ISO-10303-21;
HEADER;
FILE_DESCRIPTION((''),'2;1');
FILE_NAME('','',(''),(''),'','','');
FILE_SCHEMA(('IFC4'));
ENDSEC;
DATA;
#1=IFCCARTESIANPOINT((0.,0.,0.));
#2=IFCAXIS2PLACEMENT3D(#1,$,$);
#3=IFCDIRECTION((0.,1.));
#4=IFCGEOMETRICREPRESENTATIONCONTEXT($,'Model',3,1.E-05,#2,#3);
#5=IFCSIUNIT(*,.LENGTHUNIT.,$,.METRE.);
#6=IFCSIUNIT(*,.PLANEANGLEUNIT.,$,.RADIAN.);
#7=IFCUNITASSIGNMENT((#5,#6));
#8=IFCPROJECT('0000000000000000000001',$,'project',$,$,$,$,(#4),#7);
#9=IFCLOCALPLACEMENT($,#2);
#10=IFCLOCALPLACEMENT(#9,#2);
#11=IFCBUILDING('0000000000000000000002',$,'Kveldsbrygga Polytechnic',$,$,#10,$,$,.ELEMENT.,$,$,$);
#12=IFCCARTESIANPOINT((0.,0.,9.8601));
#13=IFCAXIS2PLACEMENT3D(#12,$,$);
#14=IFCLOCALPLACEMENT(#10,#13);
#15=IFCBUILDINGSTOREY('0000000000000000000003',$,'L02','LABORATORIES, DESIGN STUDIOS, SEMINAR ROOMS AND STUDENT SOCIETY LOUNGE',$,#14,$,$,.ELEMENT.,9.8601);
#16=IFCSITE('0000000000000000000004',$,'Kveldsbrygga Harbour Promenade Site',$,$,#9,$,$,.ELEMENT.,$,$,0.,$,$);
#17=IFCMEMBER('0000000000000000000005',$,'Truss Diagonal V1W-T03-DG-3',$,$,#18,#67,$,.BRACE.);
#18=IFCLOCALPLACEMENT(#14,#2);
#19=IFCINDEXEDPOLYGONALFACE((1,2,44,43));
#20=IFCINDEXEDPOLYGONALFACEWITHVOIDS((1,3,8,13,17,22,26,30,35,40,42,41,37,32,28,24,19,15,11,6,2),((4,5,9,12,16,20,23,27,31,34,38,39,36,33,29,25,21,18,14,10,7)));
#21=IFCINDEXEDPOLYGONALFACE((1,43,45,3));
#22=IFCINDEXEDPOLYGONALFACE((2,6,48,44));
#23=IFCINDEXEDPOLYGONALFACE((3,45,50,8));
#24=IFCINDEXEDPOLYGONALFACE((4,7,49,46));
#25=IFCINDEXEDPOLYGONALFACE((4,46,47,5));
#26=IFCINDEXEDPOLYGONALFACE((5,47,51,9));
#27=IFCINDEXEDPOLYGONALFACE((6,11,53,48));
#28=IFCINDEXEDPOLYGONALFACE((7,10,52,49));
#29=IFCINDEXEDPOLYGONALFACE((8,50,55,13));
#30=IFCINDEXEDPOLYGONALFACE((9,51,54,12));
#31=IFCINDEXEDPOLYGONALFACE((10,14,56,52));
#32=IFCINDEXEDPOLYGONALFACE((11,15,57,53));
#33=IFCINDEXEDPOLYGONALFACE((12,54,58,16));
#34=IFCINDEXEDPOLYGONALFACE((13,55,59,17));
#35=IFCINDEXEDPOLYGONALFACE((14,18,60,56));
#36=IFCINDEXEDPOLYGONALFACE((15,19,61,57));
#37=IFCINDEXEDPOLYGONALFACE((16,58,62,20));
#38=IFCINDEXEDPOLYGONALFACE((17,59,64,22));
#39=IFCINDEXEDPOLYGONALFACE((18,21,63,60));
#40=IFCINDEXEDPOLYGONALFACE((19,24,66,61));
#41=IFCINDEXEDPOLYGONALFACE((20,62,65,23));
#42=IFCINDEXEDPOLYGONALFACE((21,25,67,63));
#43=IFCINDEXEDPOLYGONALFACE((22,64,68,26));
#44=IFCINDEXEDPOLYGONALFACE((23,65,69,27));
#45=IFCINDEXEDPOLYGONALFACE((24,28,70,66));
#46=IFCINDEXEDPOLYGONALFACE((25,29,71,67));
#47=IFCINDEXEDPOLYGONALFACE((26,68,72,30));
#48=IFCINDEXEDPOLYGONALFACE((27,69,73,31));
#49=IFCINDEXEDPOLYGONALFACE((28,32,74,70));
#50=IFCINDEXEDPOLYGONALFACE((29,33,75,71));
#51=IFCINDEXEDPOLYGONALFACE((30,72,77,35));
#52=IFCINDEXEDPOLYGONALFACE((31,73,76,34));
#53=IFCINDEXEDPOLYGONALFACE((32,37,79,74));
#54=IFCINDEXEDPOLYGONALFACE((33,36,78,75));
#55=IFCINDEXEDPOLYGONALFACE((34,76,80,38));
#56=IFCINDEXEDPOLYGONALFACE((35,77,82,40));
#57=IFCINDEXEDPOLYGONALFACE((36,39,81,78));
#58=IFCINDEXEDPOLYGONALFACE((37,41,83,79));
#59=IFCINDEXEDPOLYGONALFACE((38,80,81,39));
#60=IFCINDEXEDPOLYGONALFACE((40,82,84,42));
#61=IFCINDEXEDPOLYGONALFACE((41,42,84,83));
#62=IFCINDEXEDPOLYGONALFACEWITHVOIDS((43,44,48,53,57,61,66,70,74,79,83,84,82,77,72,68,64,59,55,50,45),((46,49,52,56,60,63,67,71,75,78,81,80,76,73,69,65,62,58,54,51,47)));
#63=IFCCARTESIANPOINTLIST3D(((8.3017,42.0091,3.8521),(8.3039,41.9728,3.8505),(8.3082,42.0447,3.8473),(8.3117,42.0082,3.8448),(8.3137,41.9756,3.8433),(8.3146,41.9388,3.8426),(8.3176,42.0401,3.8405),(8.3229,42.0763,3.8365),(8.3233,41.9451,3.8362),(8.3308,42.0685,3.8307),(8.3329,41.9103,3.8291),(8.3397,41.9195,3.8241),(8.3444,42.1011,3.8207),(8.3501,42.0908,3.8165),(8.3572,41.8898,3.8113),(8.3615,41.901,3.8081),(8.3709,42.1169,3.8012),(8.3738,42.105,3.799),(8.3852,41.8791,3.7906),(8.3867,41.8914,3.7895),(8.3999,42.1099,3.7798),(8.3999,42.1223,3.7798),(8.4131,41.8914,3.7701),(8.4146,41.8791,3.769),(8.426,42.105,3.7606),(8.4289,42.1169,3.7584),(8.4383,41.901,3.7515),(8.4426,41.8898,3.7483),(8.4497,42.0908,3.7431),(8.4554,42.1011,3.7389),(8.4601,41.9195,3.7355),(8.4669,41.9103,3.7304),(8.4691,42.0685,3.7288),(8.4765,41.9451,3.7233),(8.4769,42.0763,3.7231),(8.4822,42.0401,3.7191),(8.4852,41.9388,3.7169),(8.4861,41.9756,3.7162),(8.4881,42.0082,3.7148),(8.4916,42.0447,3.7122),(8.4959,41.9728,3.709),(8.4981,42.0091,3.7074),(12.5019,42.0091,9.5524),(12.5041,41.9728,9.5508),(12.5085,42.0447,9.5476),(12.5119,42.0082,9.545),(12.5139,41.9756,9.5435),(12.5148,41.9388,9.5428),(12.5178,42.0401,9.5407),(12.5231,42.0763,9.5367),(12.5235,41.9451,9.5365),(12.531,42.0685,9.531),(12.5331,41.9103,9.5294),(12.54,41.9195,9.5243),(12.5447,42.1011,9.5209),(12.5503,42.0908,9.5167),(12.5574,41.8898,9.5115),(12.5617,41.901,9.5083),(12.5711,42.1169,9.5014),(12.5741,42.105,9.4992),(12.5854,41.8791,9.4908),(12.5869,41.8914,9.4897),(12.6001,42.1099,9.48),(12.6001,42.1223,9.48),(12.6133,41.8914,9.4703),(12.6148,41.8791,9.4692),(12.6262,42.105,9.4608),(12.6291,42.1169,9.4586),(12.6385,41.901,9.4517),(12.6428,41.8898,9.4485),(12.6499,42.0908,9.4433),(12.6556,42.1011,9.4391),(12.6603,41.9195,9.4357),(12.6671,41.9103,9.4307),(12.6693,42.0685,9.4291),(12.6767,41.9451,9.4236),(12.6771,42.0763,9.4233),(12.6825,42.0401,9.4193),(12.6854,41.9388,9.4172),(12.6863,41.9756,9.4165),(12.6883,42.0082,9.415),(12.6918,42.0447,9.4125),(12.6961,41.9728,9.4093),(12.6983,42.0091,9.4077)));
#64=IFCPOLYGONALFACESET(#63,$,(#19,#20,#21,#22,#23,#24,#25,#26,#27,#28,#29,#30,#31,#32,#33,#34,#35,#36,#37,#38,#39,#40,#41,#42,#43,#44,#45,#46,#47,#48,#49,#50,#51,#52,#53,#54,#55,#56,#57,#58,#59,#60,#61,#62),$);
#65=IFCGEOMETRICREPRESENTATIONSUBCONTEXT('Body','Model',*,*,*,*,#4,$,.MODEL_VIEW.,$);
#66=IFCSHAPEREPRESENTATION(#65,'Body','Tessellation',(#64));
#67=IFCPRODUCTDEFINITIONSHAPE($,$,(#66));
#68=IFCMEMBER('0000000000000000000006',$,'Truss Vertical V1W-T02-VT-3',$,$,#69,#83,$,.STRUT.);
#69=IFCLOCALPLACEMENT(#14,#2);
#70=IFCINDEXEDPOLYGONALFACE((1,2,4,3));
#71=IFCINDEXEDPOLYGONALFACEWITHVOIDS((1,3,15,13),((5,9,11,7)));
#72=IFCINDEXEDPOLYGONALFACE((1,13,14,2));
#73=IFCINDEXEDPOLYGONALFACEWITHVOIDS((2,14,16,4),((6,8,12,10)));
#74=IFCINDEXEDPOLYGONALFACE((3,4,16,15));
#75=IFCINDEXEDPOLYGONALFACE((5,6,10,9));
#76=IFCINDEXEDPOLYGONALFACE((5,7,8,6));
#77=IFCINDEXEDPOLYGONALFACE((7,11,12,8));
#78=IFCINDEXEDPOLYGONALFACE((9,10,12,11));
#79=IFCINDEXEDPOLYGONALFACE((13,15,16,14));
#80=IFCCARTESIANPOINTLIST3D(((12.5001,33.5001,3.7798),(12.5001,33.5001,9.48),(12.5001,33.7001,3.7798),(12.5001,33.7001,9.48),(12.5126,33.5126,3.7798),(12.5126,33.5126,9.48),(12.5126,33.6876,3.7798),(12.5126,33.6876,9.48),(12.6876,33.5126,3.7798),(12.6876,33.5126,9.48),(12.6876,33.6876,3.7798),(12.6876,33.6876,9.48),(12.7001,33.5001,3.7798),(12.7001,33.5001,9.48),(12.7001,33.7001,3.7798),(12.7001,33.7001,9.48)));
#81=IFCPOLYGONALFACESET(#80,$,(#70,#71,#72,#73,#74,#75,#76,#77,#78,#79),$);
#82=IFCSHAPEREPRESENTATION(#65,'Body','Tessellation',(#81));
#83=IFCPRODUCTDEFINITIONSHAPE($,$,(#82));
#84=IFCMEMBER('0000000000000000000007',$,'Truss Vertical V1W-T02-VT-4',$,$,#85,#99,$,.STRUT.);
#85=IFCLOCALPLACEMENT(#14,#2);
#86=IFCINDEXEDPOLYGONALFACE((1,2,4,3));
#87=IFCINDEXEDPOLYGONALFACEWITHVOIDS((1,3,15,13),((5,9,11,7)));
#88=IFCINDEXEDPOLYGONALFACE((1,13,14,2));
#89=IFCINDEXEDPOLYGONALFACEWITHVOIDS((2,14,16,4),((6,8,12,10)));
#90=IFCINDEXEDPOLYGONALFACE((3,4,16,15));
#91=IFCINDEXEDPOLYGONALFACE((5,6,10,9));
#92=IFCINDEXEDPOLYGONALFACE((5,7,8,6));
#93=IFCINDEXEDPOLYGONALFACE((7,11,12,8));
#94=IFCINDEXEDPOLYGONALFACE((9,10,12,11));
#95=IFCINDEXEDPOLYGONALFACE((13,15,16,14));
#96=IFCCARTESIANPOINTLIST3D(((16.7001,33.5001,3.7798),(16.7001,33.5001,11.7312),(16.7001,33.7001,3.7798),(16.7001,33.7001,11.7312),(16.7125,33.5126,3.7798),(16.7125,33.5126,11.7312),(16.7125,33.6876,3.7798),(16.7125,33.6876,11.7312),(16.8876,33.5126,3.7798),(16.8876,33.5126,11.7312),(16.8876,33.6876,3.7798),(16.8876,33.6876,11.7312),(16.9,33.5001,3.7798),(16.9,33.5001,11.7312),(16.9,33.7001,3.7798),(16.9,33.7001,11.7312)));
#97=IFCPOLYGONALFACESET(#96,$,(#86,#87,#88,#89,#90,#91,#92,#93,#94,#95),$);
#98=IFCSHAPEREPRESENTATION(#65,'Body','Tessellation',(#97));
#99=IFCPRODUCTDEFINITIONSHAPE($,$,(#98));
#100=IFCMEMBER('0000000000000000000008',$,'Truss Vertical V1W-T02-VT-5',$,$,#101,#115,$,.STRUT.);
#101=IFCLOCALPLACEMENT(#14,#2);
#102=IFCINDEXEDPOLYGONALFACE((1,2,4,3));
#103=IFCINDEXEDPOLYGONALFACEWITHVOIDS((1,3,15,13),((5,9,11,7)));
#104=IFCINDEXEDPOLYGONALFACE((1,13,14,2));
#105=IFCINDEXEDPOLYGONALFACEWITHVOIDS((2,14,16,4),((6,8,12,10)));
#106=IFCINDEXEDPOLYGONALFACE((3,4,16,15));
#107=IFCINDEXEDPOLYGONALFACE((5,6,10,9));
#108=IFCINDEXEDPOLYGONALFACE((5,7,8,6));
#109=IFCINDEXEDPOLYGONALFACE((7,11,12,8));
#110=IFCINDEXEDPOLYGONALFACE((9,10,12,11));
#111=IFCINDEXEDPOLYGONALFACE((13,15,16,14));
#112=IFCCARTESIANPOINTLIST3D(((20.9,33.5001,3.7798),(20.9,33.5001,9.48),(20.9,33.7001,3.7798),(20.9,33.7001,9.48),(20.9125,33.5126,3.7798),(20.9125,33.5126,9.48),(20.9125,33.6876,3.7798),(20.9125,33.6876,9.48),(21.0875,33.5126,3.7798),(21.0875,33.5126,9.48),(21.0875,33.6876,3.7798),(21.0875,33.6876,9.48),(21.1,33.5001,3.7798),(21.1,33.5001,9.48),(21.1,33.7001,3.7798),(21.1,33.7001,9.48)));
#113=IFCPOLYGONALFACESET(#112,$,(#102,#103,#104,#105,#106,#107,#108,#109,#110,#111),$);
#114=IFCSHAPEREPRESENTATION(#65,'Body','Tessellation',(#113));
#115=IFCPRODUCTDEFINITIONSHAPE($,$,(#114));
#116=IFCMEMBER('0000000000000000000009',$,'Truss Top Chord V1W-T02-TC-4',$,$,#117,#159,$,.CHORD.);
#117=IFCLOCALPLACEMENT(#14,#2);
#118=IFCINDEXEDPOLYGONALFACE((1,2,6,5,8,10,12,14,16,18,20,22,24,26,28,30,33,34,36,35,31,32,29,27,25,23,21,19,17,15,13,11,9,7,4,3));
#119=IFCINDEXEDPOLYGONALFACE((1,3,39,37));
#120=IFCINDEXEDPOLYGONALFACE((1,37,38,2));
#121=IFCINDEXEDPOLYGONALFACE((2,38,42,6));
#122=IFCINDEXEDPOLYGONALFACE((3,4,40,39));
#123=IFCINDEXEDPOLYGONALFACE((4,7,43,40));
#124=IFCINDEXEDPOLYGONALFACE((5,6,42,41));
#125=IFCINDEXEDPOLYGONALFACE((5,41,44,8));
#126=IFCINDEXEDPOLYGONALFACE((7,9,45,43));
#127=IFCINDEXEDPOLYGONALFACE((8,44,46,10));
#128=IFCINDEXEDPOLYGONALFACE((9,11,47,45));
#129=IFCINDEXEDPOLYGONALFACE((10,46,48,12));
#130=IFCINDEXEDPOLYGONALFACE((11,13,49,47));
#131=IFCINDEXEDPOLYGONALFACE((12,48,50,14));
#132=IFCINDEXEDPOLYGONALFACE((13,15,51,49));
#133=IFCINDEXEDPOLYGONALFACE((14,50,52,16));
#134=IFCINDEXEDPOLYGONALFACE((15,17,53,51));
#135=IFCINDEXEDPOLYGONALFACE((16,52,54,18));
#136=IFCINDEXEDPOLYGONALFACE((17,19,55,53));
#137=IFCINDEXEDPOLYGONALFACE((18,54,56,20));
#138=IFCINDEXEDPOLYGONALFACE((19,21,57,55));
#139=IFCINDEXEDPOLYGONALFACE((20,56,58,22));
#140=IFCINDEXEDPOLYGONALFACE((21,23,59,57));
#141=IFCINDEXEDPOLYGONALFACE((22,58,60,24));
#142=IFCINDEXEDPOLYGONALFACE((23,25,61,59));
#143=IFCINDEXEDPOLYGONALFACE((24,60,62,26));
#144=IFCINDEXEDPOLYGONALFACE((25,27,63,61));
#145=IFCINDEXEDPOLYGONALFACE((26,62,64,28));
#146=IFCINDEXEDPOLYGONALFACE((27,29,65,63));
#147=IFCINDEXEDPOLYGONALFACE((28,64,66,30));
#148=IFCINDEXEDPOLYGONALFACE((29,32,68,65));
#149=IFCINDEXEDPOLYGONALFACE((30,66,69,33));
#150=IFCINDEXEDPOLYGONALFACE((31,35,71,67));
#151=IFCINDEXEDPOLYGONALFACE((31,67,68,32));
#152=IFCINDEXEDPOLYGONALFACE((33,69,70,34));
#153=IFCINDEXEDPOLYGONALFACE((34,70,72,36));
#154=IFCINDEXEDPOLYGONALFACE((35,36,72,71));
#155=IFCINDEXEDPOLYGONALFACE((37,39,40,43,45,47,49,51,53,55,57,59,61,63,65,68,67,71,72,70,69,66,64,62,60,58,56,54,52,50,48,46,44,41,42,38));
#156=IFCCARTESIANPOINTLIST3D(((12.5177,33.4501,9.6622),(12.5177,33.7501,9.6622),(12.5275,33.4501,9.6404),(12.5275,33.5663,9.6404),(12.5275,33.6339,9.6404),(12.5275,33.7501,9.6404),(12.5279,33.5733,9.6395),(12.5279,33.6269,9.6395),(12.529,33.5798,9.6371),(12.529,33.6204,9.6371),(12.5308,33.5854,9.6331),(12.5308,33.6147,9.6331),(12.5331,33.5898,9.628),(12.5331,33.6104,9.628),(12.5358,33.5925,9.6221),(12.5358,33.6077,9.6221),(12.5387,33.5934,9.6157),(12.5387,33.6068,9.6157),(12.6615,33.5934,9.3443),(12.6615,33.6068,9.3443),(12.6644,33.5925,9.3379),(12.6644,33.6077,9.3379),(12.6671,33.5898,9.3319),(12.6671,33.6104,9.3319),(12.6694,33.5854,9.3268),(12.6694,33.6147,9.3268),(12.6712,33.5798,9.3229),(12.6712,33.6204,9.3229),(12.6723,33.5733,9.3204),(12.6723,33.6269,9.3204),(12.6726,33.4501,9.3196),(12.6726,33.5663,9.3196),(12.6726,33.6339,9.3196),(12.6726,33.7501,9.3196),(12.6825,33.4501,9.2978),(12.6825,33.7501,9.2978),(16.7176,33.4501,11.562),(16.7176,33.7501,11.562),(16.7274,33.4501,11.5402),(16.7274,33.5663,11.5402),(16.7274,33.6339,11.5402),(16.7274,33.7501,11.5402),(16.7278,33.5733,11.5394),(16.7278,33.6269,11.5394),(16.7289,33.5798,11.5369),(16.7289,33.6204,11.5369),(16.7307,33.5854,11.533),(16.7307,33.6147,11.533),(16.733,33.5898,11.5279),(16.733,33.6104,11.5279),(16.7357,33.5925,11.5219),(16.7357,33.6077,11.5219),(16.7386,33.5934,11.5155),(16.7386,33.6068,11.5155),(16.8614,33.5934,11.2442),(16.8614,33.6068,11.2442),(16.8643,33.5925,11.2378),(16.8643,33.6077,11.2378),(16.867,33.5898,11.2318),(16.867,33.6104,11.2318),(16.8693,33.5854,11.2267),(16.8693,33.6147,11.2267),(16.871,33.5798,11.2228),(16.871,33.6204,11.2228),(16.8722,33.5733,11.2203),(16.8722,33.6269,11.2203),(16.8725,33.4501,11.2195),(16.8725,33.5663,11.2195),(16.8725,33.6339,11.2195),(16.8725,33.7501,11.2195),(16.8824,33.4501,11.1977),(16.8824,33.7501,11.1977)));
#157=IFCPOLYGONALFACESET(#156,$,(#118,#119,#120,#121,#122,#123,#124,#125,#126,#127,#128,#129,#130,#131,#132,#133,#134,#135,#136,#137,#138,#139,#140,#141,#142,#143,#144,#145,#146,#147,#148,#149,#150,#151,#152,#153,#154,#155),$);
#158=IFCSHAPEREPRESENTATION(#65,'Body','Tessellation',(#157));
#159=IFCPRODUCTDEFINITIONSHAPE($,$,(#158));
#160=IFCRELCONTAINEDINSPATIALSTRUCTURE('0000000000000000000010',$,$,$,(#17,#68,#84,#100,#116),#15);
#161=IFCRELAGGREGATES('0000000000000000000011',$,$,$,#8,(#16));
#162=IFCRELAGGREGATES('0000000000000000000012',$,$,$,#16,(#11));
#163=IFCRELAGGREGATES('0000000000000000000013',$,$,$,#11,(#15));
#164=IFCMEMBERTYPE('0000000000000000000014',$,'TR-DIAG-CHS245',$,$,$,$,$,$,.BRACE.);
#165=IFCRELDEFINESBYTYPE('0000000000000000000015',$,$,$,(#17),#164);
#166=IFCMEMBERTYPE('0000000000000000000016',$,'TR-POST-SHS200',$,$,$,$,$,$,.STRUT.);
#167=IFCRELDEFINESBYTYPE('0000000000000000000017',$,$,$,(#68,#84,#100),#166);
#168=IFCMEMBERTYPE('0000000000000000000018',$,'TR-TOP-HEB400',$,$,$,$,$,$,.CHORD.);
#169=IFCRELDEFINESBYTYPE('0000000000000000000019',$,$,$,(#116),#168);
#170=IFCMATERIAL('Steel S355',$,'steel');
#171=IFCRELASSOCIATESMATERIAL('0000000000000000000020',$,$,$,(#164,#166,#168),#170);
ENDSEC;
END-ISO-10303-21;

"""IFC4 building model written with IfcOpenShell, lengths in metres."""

from ifc_helpers import new_model, si_unit, direction, frame, origin, origin_2d, place, context, subcontext, project, spatial, hollow_rectangle, hollow_circle, i_section, extrude, material, material_profile, profile_set, type_object, element, save


model = new_model("IFC4")

# Units and contexts
model_context = context("Model", 3, precision=1e-05, world=origin(), true_north=direction((0.0, 1.0)))
body_context = subcontext(model_context, "Body", "Model", "MODEL_VIEW")
ifc_project = project(units=[si_unit("LENGTHUNIT", "METRE"), si_unit("PLANEANGLEUNIT", "RADIAN")], contexts=[model_context])

# Site, building, storey
site_placement = place(None, origin())
site = spatial("IfcSite", under=ifc_project, at=site_placement, Name="Kveldsbrygga Harbour Promenade Site", CompositionType="ELEMENT", RefElevation=0.0)
building_placement = place(site_placement, origin())
building = spatial("IfcBuilding", under=site, at=building_placement, Name="Kveldsbrygga Polytechnic", CompositionType="ELEMENT")
storey_placement = place(building_placement, frame((0.0, 0.0, 9.8601)))
storey = spatial("IfcBuildingStorey", under=building, at=storey_placement, Name="L02", Description="LABORATORIES, DESIGN STUDIOS, SEMINAR ROOMS AND STUDENT SOCIETY LOUNGE", CompositionType="ELEMENT", Elevation=9.8601)

# Members
ifc_material_1 = material(Name="Steel S355", Category="steel")
ifc_material_profile_1 = material_profile(ifc_material_1, hollow_circle(Radius=0.1223, WallThickness=0.0125, at=origin_2d()), Name="CHS 244.5x12.5")
ifc_profile_set_1 = profile_set([ifc_material_profile_1], Name="Steel S355")
member_type_1 = type_object("IfcMemberType", Name="TR-DIAG-CHS245", PredefinedType="BRACE", material=ifc_profile_set_1)
member_1_placement = place(storey_placement, frame((8.3999, 42.0, 3.7798), z_axis=(0.593204, 0.0, 0.805052), x_axis=(0.0, 1.0, 0.0)))
element("IfcMember", 1, at=member_1_placement, inside=storey, type_object=member_type_1, Name="Truss Diagonal V1W-T03-DG-3", PredefinedType="BRACE", context=body_context, shape_type="SweptSolid", body=[
    extrude(hollow_circle(Radius=0.1223, WallThickness=0.0125, at=origin_2d()), origin(), (0.0, 0.0, 1.0), 7.0806),
])
ifc_material_profile_2 = material_profile(ifc_material_1, hollow_rectangle(XDim=0.2, YDim=0.2, WallThickness=0.0125, at=origin_2d()), Name="SHS 200x200x12.5")
ifc_profile_set_2 = profile_set([ifc_material_profile_2], Name="Steel S355")
member_type_2 = type_object("IfcMemberType", Name="TR-POST-SHS200", PredefinedType="STRUT", material=ifc_profile_set_2)
member_2_placement = place(storey_placement, frame((12.6001, 33.6001, 3.7798), z_axis=(0.0, 0.0, 1.0), x_axis=(1.0, 0.0, 0.0)))
element("IfcMember", 2, at=member_2_placement, inside=storey, type_object=member_type_2, Name="Truss Vertical V1W-T02-VT-3", PredefinedType="STRUT", context=body_context, shape_type="SweptSolid", body=[
    extrude(hollow_rectangle(XDim=0.2, YDim=0.2, WallThickness=0.0125, at=origin_2d()), origin(), (0.0, 0.0, 1.0), 5.7002),
])
member_3_placement = place(storey_placement, frame((16.8, 33.6001, 3.7798), z_axis=(0.0, 0.0, 1.0), x_axis=(1.0, 0.0, 0.0)))
element("IfcMember", 3, at=member_3_placement, inside=storey, type_object=member_type_2, Name="Truss Vertical V1W-T02-VT-4", PredefinedType="STRUT", context=body_context, shape_type="SweptSolid", body=[
    extrude(hollow_rectangle(XDim=0.2, YDim=0.2, WallThickness=0.0125, at=origin_2d()), origin(), (0.0, 0.0, 1.0), 7.9514),
])
member_4_placement = place(storey_placement, frame((21.0, 33.6001, 3.7798), z_axis=(0.0, 0.0, 1.0), x_axis=(1.0, 0.0, 0.0)))
element("IfcMember", 4, at=member_4_placement, inside=storey, type_object=member_type_2, Name="Truss Vertical V1W-T02-VT-5", PredefinedType="STRUT", context=body_context, shape_type="SweptSolid", body=[
    extrude(hollow_rectangle(XDim=0.2, YDim=0.2, WallThickness=0.0125, at=origin_2d()), origin(), (0.0, 0.0, 1.0), 5.7002),
])
ifc_material_profile_3 = material_profile(ifc_material_1, i_section(OverallWidth=0.3, OverallDepth=0.3999, WebThickness=0.0134, FlangeThickness=0.0239, FilletRadius=0.0271, at=origin_2d()), Name="HEB 400")
ifc_profile_set_3 = profile_set([ifc_material_profile_3], Name="Steel S355")
member_type_3 = type_object("IfcMemberType", Name="TR-TOP-HEB400", PredefinedType="CHORD", material=ifc_profile_set_3)
for number, where, z_axis, x_axis, name in (
    (5, (12.6001, 33.6001, 9.48), (0.911114, 0.0, 0.412154), (0.0, 1.0, 0.0), "Truss Top Chord V1W-T02-TC-4"),
):
    element("IfcMember", number, at=place(storey_placement, frame(where, z_axis=z_axis, x_axis=x_axis)), inside=storey, type_object=member_type_3, Name=name, PredefinedType="CHORD", context=body_context, shape_type="SweptSolid", body=[
        extrude(i_section(OverallWidth=0.3, OverallDepth=0.3999, WebThickness=0.0134, FlangeThickness=0.0239, FilletRadius=0.0271, at=origin_2d()), origin(), (0.0, 0.0, 1.0), 4.6096),
    ])

save(model, "model.ifc")
